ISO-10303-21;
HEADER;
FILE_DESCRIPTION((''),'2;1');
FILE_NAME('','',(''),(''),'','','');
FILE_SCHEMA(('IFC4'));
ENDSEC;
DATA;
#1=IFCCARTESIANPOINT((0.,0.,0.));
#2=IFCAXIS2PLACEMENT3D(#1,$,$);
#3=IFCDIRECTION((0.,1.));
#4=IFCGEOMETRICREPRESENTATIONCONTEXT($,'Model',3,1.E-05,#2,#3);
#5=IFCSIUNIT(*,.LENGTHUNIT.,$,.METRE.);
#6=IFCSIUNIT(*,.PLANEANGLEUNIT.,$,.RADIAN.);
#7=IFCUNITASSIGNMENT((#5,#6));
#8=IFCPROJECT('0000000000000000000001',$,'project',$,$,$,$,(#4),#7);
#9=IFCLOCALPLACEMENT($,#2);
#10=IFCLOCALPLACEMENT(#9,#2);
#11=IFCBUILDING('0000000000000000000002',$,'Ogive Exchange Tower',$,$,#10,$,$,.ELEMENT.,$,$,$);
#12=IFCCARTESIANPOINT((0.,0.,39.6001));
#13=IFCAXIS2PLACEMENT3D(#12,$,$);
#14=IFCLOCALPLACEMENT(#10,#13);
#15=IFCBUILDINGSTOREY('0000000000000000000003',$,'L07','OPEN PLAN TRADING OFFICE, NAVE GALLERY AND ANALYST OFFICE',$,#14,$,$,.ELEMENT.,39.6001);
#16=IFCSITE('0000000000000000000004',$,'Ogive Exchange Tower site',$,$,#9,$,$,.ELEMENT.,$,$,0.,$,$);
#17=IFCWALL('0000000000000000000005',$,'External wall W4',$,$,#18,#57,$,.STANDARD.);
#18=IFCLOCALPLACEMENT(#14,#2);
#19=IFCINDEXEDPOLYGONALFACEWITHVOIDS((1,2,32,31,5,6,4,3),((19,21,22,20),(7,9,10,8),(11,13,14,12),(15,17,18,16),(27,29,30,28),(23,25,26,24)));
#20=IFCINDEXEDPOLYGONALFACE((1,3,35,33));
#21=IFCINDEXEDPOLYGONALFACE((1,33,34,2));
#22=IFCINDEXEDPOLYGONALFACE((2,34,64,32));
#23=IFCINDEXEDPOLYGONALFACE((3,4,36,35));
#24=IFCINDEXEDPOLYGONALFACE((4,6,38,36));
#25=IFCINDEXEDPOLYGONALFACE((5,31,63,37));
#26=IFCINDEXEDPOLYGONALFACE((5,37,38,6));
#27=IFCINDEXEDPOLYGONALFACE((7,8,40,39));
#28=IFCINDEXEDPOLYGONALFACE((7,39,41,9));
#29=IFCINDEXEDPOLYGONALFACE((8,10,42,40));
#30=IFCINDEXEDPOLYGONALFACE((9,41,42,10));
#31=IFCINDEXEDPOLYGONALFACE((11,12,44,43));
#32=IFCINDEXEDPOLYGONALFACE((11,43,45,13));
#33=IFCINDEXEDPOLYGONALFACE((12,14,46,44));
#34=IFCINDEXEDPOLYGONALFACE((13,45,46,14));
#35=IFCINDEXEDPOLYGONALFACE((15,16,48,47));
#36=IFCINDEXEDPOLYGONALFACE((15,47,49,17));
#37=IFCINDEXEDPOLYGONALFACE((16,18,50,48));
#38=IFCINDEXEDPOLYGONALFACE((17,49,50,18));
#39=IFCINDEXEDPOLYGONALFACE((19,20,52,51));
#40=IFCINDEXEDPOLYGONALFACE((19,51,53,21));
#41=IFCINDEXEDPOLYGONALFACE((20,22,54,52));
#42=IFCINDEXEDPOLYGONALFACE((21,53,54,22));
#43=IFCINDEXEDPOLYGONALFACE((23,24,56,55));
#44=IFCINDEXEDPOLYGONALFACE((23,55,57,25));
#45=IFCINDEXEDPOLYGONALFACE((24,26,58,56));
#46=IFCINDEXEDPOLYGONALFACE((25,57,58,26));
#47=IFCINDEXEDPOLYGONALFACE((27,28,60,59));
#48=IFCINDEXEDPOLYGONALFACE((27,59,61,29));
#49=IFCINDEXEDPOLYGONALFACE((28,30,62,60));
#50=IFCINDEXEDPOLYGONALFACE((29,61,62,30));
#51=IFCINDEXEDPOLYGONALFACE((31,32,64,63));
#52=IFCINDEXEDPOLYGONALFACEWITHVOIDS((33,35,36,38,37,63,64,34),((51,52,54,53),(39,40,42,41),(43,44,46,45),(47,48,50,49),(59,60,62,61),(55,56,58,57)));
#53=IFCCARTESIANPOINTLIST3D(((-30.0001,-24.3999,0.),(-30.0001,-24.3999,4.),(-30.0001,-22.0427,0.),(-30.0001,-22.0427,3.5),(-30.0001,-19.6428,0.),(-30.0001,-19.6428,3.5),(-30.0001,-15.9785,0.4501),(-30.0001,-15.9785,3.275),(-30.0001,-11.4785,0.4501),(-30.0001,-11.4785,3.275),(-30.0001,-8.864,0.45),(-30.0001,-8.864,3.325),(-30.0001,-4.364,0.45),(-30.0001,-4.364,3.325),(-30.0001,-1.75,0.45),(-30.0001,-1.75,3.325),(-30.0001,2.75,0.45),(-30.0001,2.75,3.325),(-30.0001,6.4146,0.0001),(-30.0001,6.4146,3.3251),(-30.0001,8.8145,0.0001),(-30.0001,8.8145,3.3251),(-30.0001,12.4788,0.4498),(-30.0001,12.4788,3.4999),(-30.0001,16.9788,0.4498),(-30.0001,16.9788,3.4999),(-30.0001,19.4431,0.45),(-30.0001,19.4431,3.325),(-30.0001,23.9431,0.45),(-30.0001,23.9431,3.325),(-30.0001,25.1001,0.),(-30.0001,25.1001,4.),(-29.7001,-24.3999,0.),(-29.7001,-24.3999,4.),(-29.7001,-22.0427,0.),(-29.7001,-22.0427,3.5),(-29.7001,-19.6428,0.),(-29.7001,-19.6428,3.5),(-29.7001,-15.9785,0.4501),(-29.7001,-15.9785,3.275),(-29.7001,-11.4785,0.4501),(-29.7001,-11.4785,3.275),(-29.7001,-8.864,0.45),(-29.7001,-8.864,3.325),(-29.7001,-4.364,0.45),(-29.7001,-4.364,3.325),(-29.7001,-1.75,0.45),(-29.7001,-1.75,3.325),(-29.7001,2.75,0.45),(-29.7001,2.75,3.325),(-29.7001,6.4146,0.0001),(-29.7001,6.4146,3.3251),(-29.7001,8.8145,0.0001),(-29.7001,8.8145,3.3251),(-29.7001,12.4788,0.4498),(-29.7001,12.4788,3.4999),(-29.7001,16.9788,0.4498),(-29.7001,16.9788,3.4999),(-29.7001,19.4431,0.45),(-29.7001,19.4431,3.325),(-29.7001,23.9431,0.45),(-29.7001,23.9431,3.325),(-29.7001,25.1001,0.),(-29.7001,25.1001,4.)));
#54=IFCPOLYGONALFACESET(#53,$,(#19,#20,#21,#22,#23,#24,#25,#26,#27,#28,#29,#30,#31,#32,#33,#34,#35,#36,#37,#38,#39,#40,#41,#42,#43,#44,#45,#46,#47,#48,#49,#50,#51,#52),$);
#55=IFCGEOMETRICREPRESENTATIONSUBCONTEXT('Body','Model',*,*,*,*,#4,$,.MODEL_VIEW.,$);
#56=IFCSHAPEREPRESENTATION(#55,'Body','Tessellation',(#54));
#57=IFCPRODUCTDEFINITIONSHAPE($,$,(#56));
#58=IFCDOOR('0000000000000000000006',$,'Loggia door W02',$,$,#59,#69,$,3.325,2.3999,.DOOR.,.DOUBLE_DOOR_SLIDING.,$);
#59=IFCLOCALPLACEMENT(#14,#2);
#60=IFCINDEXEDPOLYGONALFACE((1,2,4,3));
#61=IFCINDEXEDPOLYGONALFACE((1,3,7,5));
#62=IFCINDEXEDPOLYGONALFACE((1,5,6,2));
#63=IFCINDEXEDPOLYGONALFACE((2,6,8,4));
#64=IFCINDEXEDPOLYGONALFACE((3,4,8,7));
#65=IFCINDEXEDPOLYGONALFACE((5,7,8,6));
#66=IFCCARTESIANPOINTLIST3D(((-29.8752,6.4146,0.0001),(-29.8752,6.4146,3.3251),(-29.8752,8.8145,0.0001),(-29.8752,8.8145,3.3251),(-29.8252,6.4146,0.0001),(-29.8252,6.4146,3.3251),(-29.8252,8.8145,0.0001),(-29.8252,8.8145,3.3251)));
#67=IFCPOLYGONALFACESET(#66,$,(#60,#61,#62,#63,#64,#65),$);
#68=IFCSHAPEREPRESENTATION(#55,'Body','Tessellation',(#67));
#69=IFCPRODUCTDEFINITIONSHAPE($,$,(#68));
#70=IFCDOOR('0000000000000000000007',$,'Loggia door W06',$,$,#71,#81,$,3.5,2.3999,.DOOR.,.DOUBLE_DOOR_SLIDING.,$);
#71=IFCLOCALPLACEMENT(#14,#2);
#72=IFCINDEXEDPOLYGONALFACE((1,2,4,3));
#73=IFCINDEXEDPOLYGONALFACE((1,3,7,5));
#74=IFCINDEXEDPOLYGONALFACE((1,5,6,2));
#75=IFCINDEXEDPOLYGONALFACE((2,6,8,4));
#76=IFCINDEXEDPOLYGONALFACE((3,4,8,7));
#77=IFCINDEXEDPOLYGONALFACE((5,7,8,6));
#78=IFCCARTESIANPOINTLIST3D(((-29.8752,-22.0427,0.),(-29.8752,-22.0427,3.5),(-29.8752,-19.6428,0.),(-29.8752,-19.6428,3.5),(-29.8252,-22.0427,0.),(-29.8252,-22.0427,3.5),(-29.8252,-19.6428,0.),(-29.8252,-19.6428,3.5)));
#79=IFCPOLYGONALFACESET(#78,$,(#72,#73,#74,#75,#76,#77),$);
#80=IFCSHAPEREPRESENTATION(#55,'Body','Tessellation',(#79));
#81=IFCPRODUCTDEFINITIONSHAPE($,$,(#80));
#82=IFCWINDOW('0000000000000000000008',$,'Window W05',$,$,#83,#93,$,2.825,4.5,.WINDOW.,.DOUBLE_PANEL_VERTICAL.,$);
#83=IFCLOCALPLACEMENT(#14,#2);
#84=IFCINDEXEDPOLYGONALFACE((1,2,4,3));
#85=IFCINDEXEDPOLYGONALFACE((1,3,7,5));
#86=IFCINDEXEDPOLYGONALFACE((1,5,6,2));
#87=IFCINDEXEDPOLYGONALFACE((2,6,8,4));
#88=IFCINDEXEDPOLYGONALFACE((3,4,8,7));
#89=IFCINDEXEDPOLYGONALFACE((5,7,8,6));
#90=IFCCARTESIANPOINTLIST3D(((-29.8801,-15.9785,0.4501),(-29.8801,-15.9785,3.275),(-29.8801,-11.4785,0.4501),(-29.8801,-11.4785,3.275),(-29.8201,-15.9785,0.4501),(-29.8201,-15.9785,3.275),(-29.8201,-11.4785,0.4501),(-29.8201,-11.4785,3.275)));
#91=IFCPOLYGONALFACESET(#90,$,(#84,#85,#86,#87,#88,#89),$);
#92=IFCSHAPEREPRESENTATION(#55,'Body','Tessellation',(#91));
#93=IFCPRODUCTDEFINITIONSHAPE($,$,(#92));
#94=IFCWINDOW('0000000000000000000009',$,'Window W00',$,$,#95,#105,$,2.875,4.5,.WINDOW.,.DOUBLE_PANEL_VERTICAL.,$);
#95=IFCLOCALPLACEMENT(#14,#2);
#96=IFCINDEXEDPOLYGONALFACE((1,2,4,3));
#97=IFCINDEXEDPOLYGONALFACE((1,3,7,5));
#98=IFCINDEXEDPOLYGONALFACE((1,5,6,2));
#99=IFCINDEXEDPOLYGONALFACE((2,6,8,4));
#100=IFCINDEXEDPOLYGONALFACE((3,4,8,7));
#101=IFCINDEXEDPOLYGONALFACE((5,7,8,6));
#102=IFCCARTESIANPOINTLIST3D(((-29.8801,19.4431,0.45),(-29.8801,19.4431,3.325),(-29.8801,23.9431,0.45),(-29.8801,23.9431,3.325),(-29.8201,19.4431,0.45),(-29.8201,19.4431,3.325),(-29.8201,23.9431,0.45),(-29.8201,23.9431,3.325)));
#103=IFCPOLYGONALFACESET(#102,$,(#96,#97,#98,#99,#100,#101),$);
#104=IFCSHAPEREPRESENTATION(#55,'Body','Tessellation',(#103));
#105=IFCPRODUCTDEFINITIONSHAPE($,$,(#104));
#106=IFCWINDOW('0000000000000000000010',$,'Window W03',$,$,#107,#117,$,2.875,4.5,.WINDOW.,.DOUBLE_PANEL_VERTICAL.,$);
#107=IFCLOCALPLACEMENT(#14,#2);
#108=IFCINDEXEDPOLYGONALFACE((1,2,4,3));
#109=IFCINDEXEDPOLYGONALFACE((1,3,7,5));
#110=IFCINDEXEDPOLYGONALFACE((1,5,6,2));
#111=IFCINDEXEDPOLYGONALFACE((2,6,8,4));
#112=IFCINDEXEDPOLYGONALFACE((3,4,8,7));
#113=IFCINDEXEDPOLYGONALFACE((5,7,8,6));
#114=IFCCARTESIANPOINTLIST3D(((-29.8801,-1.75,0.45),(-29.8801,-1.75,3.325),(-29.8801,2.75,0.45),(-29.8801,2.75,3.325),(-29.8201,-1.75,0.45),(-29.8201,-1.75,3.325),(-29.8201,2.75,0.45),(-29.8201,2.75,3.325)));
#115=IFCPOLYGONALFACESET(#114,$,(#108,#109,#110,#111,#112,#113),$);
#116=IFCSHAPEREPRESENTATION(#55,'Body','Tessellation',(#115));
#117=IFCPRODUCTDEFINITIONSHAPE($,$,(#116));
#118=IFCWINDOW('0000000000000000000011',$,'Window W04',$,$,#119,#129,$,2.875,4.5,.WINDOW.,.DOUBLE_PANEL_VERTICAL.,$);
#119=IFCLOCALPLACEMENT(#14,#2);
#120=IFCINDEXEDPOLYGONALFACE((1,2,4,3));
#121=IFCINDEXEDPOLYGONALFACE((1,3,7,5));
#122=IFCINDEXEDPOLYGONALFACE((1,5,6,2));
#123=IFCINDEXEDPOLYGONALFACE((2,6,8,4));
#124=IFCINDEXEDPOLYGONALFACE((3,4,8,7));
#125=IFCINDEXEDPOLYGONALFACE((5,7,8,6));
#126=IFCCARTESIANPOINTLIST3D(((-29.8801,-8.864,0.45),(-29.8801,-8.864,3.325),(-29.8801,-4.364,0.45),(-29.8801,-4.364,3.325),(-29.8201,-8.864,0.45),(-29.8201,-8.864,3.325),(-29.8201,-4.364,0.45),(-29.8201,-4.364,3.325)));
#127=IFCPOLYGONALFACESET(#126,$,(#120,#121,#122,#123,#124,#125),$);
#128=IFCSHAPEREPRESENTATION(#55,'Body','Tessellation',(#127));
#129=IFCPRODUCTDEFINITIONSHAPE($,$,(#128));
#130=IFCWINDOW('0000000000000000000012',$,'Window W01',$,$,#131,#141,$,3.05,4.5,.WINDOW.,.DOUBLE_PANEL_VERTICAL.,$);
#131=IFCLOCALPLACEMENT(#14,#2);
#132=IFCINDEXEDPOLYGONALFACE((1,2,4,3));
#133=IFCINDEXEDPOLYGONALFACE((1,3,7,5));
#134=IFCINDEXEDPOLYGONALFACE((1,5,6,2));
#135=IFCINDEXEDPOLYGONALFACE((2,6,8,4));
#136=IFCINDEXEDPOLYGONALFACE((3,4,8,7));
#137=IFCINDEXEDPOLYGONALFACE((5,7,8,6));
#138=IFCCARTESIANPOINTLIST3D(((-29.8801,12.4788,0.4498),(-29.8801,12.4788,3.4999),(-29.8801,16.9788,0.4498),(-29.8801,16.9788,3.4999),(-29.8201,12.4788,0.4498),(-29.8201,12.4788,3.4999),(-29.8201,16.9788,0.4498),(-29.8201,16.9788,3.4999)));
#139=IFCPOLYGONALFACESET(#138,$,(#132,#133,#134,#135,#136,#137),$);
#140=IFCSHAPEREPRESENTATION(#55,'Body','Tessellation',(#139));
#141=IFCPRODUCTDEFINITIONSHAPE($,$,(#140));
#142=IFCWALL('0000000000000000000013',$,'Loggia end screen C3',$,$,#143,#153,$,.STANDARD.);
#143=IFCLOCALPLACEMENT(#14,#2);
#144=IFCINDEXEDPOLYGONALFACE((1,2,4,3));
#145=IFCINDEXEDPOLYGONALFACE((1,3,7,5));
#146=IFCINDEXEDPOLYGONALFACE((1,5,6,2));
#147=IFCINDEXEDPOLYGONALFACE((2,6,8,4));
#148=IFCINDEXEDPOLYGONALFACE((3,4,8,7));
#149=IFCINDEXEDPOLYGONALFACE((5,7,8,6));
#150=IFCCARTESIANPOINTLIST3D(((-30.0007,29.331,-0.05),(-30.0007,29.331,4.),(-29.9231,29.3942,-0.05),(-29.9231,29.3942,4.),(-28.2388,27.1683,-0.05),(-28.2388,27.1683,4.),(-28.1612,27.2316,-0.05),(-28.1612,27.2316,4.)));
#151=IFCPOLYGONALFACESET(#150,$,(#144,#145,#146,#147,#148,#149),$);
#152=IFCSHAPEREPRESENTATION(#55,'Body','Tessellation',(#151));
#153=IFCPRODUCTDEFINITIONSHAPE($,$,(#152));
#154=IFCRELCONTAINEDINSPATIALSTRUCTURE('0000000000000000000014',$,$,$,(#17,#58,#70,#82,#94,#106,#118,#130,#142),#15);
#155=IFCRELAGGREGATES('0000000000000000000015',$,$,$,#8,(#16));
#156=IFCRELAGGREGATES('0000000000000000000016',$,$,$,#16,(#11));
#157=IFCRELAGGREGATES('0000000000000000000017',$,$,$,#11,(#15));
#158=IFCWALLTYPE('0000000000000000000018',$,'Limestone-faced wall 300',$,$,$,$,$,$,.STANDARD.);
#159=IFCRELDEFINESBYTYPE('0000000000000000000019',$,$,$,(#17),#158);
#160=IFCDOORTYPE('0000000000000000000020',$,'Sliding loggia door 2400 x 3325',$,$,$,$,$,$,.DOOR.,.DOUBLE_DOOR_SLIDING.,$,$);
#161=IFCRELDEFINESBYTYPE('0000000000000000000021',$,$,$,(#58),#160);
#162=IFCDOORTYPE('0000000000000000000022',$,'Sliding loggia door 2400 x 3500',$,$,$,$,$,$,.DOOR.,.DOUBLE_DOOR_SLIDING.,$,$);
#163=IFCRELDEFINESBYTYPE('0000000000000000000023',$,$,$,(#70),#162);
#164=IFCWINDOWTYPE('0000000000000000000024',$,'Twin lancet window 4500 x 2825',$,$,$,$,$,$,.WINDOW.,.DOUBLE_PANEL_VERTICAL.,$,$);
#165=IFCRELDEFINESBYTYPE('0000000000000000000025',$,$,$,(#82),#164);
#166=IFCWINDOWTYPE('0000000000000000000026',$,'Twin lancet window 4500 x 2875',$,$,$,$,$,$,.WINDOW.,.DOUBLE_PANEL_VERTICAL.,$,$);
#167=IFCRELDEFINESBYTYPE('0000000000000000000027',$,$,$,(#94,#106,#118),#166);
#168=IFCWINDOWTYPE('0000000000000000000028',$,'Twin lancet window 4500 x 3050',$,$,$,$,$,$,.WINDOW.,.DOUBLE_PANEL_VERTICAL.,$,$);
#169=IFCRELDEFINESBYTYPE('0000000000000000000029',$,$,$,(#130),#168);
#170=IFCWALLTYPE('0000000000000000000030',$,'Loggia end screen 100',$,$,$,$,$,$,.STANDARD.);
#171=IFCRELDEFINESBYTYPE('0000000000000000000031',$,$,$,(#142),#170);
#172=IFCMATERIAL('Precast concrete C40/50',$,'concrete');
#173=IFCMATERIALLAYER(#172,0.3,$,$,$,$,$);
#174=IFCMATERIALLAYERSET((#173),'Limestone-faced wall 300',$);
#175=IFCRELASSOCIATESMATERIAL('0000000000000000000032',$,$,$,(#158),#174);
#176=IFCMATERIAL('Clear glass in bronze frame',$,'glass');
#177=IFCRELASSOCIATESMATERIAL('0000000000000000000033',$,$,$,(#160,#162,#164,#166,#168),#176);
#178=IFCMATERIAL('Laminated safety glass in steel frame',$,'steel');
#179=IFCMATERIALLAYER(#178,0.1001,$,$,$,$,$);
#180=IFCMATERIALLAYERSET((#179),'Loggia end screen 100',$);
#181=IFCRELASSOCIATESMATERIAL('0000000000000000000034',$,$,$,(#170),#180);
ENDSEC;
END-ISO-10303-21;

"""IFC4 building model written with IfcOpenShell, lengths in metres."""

from ifc_helpers import new_model, si_unit, direction, frame, frame_2d, origin, place, context, subcontext, project, spatial, rectangle, extrude, material, layer, layer_set, type_object, element, fill, save


model = new_model("IFC4")

# Units and contexts
model_context = context("Model", 3, precision=1e-05, world=origin(), true_north=direction((0.0, 1.0)))
body_context = subcontext(model_context, "Body", "Model", "MODEL_VIEW")
ifc_project = project(units=[si_unit("LENGTHUNIT", "METRE"), si_unit("PLANEANGLEUNIT", "RADIAN")], contexts=[model_context])

# Site, building, storey
site_placement = place(None, origin())
site = spatial("IfcSite", under=ifc_project, at=site_placement, Name="Ogive Exchange Tower site", CompositionType="ELEMENT", RefElevation=0.0)
building_placement = place(site_placement, origin())
building = spatial("IfcBuilding", under=site, at=building_placement, Name="Ogive Exchange Tower", CompositionType="ELEMENT")
storey_placement = place(building_placement, frame((0.0, 0.0, 39.6001)))
storey = spatial("IfcBuildingStorey", under=building, at=storey_placement, Name="L07", Description="OPEN PLAN TRADING OFFICE, NAVE GALLERY AND ANALYST OFFICE", CompositionType="ELEMENT", Elevation=39.6001)

# Wall, openings, doors, windows
ifc_material_1 = material(Name="Precast concrete C40/50", Category="concrete")
ifc_layer_1 = layer(ifc_material_1, 0.3)
ifc_layer_set_1 = layer_set([ifc_layer_1], Name="Limestone-faced wall 300")
wall_type_1 = type_object("IfcWallType", Name="Limestone-faced wall 300", PredefinedType="STANDARD", material=ifc_layer_set_1)
wall_1_placement = place(storey_placement, frame((-29.8501, 25.1001, 0.0), z_axis=(0.0, 0.0, 1.0), x_axis=(0.0, -1.0, 0.0)))
wall_1 = element("IfcWall", 1, at=wall_1_placement, inside=storey, type_object=wall_type_1, Name="External wall W4", PredefinedType="STANDARD", context=body_context, shape_type="SweptSolid", body=[
    extrude(rectangle(XDim=49.5, YDim=0.3, at=frame_2d((24.75, 0.0))), origin(), (0.0, 0.0, 1.0), 4.0),
])
opening_1_placement = place(wall_1_placement, frame((1.157, 0.0, 0.45)))
opening_1 = element("IfcOpeningElement", 2, at=opening_1_placement, cuts=wall_1, PredefinedType="OPENING", context=body_context, shape_type="SweptSolid", body=[
    extrude(rectangle(XDim=4.5, YDim=2.875, at=frame_2d((2.25, 1.4375))), frame((0.0, 0.1599, 0.0), z_axis=(0.0, -1.0, 0.0), x_axis=(1.0, 0.0, 0.0)), (0.0, 0.0, 1.0), 0.3201),
])
opening_2_placement = place(wall_1_placement, frame((8.1213, 0.0, 0.45)))
opening_2 = element("IfcOpeningElement", 3, at=opening_2_placement, cuts=wall_1, PredefinedType="OPENING", context=body_context, shape_type="SweptSolid", body=[
    extrude(rectangle(XDim=4.5, YDim=3.05, at=frame_2d((2.25, 1.5249))), frame((0.0, 0.1599, 0.0), z_axis=(0.0, -1.0, 0.0), x_axis=(1.0, 0.0, 0.0)), (0.0, 0.0, 1.0), 0.3201),
])
opening_3_placement = place(wall_1_placement, frame((16.2856, 0.0, 0.0)))
opening_3 = element("IfcOpeningElement", 4, at=opening_3_placement, cuts=wall_1, PredefinedType="OPENING", context=body_context, shape_type="SweptSolid", body=[
    extrude(rectangle(XDim=2.3999, YDim=3.325, at=frame_2d((1.2, 1.6626))), frame((0.0, 0.1599, 0.0), z_axis=(0.0, -1.0, 0.0), x_axis=(1.0, 0.0, 0.0)), (0.0, 0.0, 1.0), 0.3201),
])
opening_4_placement = place(wall_1_placement, frame((22.3501, 0.0, 0.45)))
opening_4 = element("IfcOpeningElement", 5, at=opening_4_placement, cuts=wall_1, PredefinedType="OPENING", context=body_context, shape_type="SweptSolid", body=[
    extrude(rectangle(XDim=4.5, YDim=2.875, at=frame_2d((2.25, 1.4375))), frame((0.0, 0.1599, 0.0), z_axis=(0.0, -1.0, 0.0), x_axis=(1.0, 0.0, 0.0)), (0.0, 0.0, 1.0), 0.3201),
])
opening_5_placement = place(wall_1_placement, frame((29.4641, 0.0, 0.45)))
opening_5 = element("IfcOpeningElement", 6, at=opening_5_placement, cuts=wall_1, PredefinedType="OPENING", context=body_context, shape_type="SweptSolid", body=[
    extrude(rectangle(XDim=4.5, YDim=2.875, at=frame_2d((2.25, 1.4375))), frame((0.0, 0.1599, 0.0), z_axis=(0.0, -1.0, 0.0), x_axis=(1.0, 0.0, 0.0)), (0.0, 0.0, 1.0), 0.3201),
])
opening_6_placement = place(wall_1_placement, frame((36.5786, 0.0, 0.45)))
opening_6 = element("IfcOpeningElement", 7, at=opening_6_placement, cuts=wall_1, PredefinedType="OPENING", context=body_context, shape_type="SweptSolid", body=[
    extrude(rectangle(XDim=4.5, YDim=2.825, at=frame_2d((2.25, 1.4126))), frame((0.0, 0.1599, 0.0), z_axis=(0.0, -1.0, 0.0), x_axis=(1.0, 0.0, 0.0)), (0.0, 0.0, 1.0), 0.3201),
])
opening_7_placement = place(wall_1_placement, frame((44.7429, 0.0, 0.0)))
opening_7 = element("IfcOpeningElement", 8, at=opening_7_placement, cuts=wall_1, PredefinedType="OPENING", context=body_context, shape_type="SweptSolid", body=[
    extrude(rectangle(XDim=2.3999, YDim=3.5, at=frame_2d((1.2, 1.75))), frame((0.0, 0.1599, 0.0), z_axis=(0.0, -1.0, 0.0), x_axis=(1.0, 0.0, 0.0)), (0.0, 0.0, 1.0), 0.3201),
])
ifc_material_2 = material(Name="Clear glass in bronze frame", Category="glass")
door_type_1 = type_object("IfcDoorType", Name="Sliding loggia door 2400 x 3325", OperationType="DOUBLE_DOOR_SLIDING", PredefinedType="DOOR", material=ifc_material_2)
door_1_placement = place(opening_3_placement, origin())
door_1 = element("IfcDoor", 9, at=door_1_placement, inside=storey, type_object=door_type_1, Name="Loggia door W02", OperationType="DOUBLE_DOOR_SLIDING", OverallHeight=3.325, OverallWidth=2.3999, PredefinedType="DOOR", context=body_context, shape_type="SweptSolid", body=[
    extrude(rectangle(XDim=2.3999, YDim=3.325, at=frame_2d((1.2, 1.6626))), frame((0.0, 0.0249, 0.0), z_axis=(0.0, -1.0, 0.0), x_axis=(1.0, 0.0, 0.0)), (0.0, 0.0, 1.0), 0.05),
])
fill(opening_3, door_1)
door_type_2 = type_object("IfcDoorType", Name="Sliding loggia door 2400 x 3500", OperationType="DOUBLE_DOOR_SLIDING", PredefinedType="DOOR", material=ifc_material_2)
door_2_placement = place(opening_7_placement, origin())
door_2 = element("IfcDoor", 10, at=door_2_placement, inside=storey, type_object=door_type_2, Name="Loggia door W06", OperationType="DOUBLE_DOOR_SLIDING", OverallHeight=3.5, OverallWidth=2.3999, PredefinedType="DOOR", context=body_context, shape_type="SweptSolid", body=[
    extrude(rectangle(XDim=2.3999, YDim=3.5, at=frame_2d((1.2, 1.75))), frame((0.0, 0.0249, 0.0), z_axis=(0.0, -1.0, 0.0), x_axis=(1.0, 0.0, 0.0)), (0.0, 0.0, 1.0), 0.05),
])
fill(opening_7, door_2)
window_type_1 = type_object("IfcWindowType", Name="Twin lancet window 4500 x 2825", PartitioningType="DOUBLE_PANEL_VERTICAL", PredefinedType="WINDOW", material=ifc_material_2)
window_1_placement = place(opening_6_placement, origin())
window_1 = element("IfcWindow", 11, at=window_1_placement, inside=storey, type_object=window_type_1, Name="Window W05", OverallHeight=2.825, OverallWidth=4.5, PartitioningType="DOUBLE_PANEL_VERTICAL", PredefinedType="WINDOW", context=body_context, shape_type="SweptSolid", body=[
    extrude(rectangle(XDim=4.5, YDim=2.825, at=frame_2d((2.25, 1.4126))), frame((0.0, 0.03, 0.0), z_axis=(0.0, -1.0, 0.0), x_axis=(1.0, 0.0, 0.0)), (0.0, 0.0, 1.0), 0.0601),
])
fill(opening_6, window_1)
window_type_2 = type_object("IfcWindowType", Name="Twin lancet window 4500 x 2875", PartitioningType="DOUBLE_PANEL_VERTICAL", PredefinedType="WINDOW", material=ifc_material_2)
window_2_placement = place(opening_1_placement, origin())
window_2 = element("IfcWindow", 12, at=window_2_placement, inside=storey, type_object=window_type_2, Name="Window W00", OverallHeight=2.875, OverallWidth=4.5, PartitioningType="DOUBLE_PANEL_VERTICAL", PredefinedType="WINDOW", context=body_context, shape_type="SweptSolid", body=[
    extrude(rectangle(XDim=4.5, YDim=2.875, at=frame_2d((2.25, 1.4375))), frame((0.0, 0.03, 0.0), z_axis=(0.0, -1.0, 0.0), x_axis=(1.0, 0.0, 0.0)), (0.0, 0.0, 1.0), 0.0601),
])
fill(opening_1, window_2)
window_3_placement = place(opening_4_placement, origin())
window_3 = element("IfcWindow", 13, at=window_3_placement, inside=storey, type_object=window_type_2, Name="Window W03", OverallHeight=2.875, OverallWidth=4.5, PartitioningType="DOUBLE_PANEL_VERTICAL", PredefinedType="WINDOW", context=body_context, shape_type="SweptSolid", body=[
    extrude(rectangle(XDim=4.5, YDim=2.875, at=frame_2d((2.25, 1.4375))), frame((0.0, 0.03, 0.0), z_axis=(0.0, -1.0, 0.0), x_axis=(1.0, 0.0, 0.0)), (0.0, 0.0, 1.0), 0.0601),
])
fill(opening_4, window_3)
window_4_placement = place(opening_5_placement, origin())
window_4 = element("IfcWindow", 14, at=window_4_placement, inside=storey, type_object=window_type_2, Name="Window W04", OverallHeight=2.875, OverallWidth=4.5, PartitioningType="DOUBLE_PANEL_VERTICAL", PredefinedType="WINDOW", context=body_context, shape_type="SweptSolid", body=[
    extrude(rectangle(XDim=4.5, YDim=2.875, at=frame_2d((2.25, 1.4375))), frame((0.0, 0.03, 0.0), z_axis=(0.0, -1.0, 0.0), x_axis=(1.0, 0.0, 0.0)), (0.0, 0.0, 1.0), 0.0601),
])
fill(opening_5, window_4)
window_type_3 = type_object("IfcWindowType", Name="Twin lancet window 4500 x 3050", PartitioningType="DOUBLE_PANEL_VERTICAL", PredefinedType="WINDOW", material=ifc_material_2)
window_5_placement = place(opening_2_placement, origin())
window_5 = element("IfcWindow", 15, at=window_5_placement, inside=storey, type_object=window_type_3, Name="Window W01", OverallHeight=3.05, OverallWidth=4.5, PartitioningType="DOUBLE_PANEL_VERTICAL", PredefinedType="WINDOW", context=body_context, shape_type="SweptSolid", body=[
    extrude(rectangle(XDim=4.5, YDim=3.05, at=frame_2d((2.25, 1.5249))), frame((0.0, 0.03, 0.0), z_axis=(0.0, -1.0, 0.0), x_axis=(1.0, 0.0, 0.0)), (0.0, 0.0, 1.0), 0.0601),
])
fill(opening_2, window_5)

# Wall
ifc_material_3 = material(Name="Laminated safety glass in steel frame", Category="steel")
ifc_layer_2 = layer(ifc_material_3, 0.1001)
ifc_layer_set_2 = layer_set([ifc_layer_2], Name="Loggia end screen 100")
wall_type_2 = type_object("IfcWallType", Name="Loggia end screen 100", PredefinedType="STANDARD", material=ifc_layer_set_2)
wall_2_placement = place(storey_placement, frame((-28.2, 27.2, -0.05), z_axis=(0.0, 0.0, 1.0), x_axis=(-0.63164, 0.775262, 0.0)))
element("IfcWall", 16, at=wall_2_placement, inside=storey, type_object=wall_type_2, Name="Loggia end screen C3", PredefinedType="STANDARD", context=body_context, shape_type="SweptSolid", body=[
    extrude(rectangle(XDim=2.7896, YDim=0.1001, at=frame_2d((1.3948, 0.0))), origin(), (0.0, 0.0, 1.0), 4.05),
])

save(model, "model.ifc")
